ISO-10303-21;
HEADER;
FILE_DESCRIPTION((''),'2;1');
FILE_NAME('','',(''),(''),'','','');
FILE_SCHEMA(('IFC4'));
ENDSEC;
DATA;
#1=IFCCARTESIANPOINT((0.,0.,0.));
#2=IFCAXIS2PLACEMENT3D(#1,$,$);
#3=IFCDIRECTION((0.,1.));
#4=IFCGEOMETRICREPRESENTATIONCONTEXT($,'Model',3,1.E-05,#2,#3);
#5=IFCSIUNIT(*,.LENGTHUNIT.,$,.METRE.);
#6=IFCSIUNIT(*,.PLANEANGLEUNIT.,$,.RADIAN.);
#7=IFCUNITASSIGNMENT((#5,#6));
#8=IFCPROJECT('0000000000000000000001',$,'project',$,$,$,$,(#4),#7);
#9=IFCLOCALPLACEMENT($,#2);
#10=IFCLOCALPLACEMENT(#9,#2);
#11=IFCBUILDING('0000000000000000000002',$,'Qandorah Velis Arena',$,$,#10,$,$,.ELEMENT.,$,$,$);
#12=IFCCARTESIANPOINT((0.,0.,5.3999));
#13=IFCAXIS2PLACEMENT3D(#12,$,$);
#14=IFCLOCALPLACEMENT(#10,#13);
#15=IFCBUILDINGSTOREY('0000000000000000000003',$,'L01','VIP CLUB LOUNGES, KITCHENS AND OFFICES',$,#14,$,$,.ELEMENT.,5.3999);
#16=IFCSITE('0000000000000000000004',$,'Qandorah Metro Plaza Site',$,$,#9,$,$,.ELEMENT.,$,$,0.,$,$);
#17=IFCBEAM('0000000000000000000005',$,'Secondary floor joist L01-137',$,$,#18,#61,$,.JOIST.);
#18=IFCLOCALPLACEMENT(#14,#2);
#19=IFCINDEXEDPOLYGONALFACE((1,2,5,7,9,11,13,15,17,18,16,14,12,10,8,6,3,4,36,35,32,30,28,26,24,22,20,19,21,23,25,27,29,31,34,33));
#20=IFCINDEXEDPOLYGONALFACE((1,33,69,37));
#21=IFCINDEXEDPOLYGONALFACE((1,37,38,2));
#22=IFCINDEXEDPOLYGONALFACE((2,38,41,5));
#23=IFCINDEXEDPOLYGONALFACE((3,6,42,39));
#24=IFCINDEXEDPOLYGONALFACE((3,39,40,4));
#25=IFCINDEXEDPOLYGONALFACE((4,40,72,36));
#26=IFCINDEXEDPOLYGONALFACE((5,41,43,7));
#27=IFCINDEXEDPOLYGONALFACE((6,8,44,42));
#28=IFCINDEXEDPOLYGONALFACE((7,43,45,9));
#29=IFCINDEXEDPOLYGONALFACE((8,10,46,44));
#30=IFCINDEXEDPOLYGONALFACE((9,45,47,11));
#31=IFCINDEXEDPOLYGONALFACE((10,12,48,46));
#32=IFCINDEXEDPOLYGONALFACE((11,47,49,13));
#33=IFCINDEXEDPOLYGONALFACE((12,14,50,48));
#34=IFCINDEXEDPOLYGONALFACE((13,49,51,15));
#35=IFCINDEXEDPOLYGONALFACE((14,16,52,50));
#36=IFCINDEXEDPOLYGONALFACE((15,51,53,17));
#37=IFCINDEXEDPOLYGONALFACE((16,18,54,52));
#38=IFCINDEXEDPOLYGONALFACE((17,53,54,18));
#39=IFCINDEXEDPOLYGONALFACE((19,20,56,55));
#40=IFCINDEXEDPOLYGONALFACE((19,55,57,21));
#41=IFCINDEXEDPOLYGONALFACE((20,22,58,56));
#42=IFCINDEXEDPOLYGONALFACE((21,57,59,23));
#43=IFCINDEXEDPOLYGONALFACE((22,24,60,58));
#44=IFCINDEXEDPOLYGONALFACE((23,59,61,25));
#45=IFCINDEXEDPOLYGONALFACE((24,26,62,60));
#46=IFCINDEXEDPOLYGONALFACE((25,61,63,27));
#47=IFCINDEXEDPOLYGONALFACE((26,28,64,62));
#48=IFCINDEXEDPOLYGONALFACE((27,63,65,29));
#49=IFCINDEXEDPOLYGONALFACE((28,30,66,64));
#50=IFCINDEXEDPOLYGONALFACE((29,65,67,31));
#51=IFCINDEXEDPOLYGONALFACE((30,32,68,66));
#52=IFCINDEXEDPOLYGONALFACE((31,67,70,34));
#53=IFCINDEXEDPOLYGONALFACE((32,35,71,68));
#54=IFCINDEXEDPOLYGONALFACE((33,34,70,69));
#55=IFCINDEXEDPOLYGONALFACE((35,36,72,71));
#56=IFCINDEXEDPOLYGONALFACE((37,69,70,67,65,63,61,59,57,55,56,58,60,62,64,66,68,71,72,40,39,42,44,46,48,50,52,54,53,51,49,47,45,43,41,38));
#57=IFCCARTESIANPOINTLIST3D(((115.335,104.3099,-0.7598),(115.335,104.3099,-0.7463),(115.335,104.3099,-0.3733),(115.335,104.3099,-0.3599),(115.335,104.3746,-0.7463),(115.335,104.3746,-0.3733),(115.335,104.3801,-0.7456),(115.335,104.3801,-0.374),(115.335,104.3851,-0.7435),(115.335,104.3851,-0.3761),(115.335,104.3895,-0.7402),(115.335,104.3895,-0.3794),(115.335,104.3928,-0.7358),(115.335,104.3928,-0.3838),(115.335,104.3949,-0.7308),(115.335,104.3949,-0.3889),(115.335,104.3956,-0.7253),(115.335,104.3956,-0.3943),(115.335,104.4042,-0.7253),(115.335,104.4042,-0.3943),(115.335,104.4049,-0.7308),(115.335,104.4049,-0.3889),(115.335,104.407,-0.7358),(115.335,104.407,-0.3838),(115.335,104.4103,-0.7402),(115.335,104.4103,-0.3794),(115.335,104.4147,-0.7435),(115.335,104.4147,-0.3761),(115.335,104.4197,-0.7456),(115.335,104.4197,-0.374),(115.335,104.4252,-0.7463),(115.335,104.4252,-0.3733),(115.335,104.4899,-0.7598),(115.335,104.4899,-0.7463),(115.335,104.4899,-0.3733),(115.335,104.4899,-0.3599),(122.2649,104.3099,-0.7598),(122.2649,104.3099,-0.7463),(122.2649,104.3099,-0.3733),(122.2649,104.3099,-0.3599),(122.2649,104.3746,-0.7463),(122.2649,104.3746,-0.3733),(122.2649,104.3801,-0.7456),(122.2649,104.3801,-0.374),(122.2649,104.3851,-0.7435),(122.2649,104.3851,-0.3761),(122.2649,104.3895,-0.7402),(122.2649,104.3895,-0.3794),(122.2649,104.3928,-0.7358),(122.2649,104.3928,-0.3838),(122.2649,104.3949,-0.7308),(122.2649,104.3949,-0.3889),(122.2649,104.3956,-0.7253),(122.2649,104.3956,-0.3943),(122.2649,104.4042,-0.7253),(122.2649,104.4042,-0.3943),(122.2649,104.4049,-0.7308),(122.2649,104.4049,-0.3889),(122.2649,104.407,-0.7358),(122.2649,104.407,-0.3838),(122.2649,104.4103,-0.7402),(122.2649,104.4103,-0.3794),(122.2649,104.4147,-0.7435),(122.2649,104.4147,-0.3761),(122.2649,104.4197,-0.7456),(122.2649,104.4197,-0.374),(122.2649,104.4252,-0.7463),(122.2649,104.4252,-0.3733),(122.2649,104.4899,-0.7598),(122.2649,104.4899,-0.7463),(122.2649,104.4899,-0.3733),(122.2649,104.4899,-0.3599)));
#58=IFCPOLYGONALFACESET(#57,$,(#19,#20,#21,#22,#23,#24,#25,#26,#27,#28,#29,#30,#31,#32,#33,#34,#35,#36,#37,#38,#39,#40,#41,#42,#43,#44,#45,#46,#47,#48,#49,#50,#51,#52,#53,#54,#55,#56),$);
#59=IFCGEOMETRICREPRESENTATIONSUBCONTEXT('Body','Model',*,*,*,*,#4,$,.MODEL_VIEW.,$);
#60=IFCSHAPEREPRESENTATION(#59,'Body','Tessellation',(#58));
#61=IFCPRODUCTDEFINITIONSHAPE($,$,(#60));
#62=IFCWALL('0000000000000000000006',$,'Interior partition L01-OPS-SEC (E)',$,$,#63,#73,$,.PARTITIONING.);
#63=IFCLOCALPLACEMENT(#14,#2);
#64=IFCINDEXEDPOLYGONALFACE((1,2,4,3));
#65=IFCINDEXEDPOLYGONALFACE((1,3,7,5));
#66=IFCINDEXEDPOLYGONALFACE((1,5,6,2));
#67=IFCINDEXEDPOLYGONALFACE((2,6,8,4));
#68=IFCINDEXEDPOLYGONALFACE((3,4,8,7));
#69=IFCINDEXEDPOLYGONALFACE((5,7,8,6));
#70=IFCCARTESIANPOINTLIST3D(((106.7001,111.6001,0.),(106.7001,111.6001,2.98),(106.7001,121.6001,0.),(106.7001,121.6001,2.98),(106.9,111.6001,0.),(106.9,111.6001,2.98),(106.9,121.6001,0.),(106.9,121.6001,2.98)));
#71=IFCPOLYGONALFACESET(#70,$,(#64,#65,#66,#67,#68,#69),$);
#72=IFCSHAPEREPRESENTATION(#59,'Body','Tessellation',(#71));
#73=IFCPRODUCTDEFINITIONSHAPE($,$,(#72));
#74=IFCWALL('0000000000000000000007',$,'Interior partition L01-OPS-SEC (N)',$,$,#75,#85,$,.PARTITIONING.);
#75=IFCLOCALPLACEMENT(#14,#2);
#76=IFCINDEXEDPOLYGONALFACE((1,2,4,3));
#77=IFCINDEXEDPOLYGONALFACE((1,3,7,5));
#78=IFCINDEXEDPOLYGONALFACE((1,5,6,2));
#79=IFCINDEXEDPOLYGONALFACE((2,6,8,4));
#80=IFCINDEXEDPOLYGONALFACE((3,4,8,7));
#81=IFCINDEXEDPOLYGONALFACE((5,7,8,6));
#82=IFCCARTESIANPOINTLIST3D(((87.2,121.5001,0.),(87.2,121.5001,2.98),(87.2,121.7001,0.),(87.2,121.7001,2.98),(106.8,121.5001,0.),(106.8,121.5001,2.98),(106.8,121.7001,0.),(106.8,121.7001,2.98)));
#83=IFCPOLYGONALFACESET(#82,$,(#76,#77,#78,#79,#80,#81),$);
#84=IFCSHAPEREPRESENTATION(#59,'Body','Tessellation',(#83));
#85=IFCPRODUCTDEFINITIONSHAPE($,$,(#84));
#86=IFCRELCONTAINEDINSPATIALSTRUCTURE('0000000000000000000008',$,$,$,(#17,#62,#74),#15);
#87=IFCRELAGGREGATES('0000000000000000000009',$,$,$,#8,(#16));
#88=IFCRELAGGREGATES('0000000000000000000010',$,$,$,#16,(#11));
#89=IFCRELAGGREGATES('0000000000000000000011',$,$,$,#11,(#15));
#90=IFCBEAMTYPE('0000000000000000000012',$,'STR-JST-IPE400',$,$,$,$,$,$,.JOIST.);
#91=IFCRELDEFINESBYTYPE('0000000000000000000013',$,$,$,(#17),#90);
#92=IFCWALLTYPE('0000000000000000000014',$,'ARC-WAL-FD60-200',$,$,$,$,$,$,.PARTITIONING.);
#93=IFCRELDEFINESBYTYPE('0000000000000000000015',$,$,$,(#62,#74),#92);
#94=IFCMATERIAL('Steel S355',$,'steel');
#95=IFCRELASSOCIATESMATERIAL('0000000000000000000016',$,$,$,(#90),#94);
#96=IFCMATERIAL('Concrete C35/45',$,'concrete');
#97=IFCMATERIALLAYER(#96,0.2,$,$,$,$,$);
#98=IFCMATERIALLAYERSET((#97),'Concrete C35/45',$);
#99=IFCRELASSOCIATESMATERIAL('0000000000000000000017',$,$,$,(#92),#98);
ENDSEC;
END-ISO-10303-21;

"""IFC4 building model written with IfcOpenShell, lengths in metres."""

from ifc_helpers import new_model, si_unit, direction, frame, frame_2d, origin, origin_2d, place, context, subcontext, project, spatial, rectangle, i_section, extrude, material, layer, layer_set, material_profile, profile_set, type_object, element, save


model = new_model("IFC4")

# Units and contexts
model_context = context("Model", 3, precision=1e-05, world=origin(), true_north=direction((0.0, 1.0)))
body_context = subcontext(model_context, "Body", "Model", "MODEL_VIEW")
ifc_project = project(units=[si_unit("LENGTHUNIT", "METRE"), si_unit("PLANEANGLEUNIT", "RADIAN")], contexts=[model_context])

# Site, building, storey
site_placement = place(None, origin())
site = spatial("IfcSite", under=ifc_project, at=site_placement, Name="Qandorah Metro Plaza Site", CompositionType="ELEMENT", RefElevation=0.0)
building_placement = place(site_placement, origin())
building = spatial("IfcBuilding", under=site, at=building_placement, Name="Qandorah Velis Arena", CompositionType="ELEMENT")
storey_placement = place(building_placement, frame((0.0, 0.0, 5.3999)))
storey = spatial("IfcBuildingStorey", under=building, at=storey_placement, Name="L01", Description="VIP CLUB LOUNGES, KITCHENS AND OFFICES", CompositionType="ELEMENT", Elevation=5.3999)

# Beam
ifc_material_1 = material(Name="Steel S355", Category="steel")
ifc_material_profile_1 = material_profile(ifc_material_1, i_section(OverallWidth=0.1799, OverallDepth=0.3999, WebThickness=0.0085, FlangeThickness=0.0134, FilletRadius=0.021, at=origin_2d()), Name="IPE 400")
ifc_profile_set_1 = profile_set([ifc_material_profile_1], Name="Steel S355")
beam_type_1 = type_object("IfcBeamType", Name="STR-JST-IPE400", PredefinedType="JOIST", material=ifc_profile_set_1)
for number, where, z_axis, x_axis, name in (
    (1, (115.335, 104.3999, -0.5598), (1.0, 0.0, 0.0), (0.0, 1.0, 0.0), "Secondary floor joist L01-137"),
):
    element("IfcBeam", number, at=place(storey_placement, frame(where, z_axis=z_axis, x_axis=x_axis)), inside=storey, type_object=beam_type_1, Name=name, PredefinedType="JOIST", context=body_context, shape_type="SweptSolid", body=[
        extrude(i_section(OverallWidth=0.1799, OverallDepth=0.3999, WebThickness=0.0085, FlangeThickness=0.0134, FilletRadius=0.021, at=origin_2d()), origin(), (0.0, 0.0, 1.0), 6.9299),
    ])

# Walls
ifc_material_2 = material(Name="Concrete C35/45", Category="concrete")
ifc_layer = layer(ifc_material_2, 0.2)
ifc_layer_set = layer_set([ifc_layer], Name="Concrete C35/45")
wall_type = type_object("IfcWallType", Name="ARC-WAL-FD60-200", PredefinedType="PARTITIONING", material=ifc_layer_set)
wall_1_placement = place(storey_placement, frame((106.8, 111.6001, 0.0), z_axis=(0.0, 0.0, 1.0), x_axis=(0.0, 1.0, 0.0)))
element("IfcWall", 2, at=wall_1_placement, inside=storey, type_object=wall_type, Name="Interior partition L01-OPS-SEC (E)", PredefinedType="PARTITIONING", context=body_context, shape_type="SweptSolid", body=[
    extrude(rectangle(XDim=10.0, YDim=0.2, at=frame_2d((5.0, 0.0))), origin(), (0.0, 0.0, 1.0), 2.98),
])
wall_2_placement = place(storey_placement, frame((106.8, 121.6001, 0.0), z_axis=(0.0, 0.0, 1.0), x_axis=(-1.0, 0.0, 0.0)))
element("IfcWall", 3, at=wall_2_placement, inside=storey, type_object=wall_type, Name="Interior partition L01-OPS-SEC (N)", PredefinedType="PARTITIONING", context=body_context, shape_type="SweptSolid", body=[
    extrude(rectangle(XDim=19.6001, YDim=0.2, at=frame_2d((9.8, 0.0))), origin(), (0.0, 0.0, 1.0), 2.98),
])

save(model, "model.ifc")
